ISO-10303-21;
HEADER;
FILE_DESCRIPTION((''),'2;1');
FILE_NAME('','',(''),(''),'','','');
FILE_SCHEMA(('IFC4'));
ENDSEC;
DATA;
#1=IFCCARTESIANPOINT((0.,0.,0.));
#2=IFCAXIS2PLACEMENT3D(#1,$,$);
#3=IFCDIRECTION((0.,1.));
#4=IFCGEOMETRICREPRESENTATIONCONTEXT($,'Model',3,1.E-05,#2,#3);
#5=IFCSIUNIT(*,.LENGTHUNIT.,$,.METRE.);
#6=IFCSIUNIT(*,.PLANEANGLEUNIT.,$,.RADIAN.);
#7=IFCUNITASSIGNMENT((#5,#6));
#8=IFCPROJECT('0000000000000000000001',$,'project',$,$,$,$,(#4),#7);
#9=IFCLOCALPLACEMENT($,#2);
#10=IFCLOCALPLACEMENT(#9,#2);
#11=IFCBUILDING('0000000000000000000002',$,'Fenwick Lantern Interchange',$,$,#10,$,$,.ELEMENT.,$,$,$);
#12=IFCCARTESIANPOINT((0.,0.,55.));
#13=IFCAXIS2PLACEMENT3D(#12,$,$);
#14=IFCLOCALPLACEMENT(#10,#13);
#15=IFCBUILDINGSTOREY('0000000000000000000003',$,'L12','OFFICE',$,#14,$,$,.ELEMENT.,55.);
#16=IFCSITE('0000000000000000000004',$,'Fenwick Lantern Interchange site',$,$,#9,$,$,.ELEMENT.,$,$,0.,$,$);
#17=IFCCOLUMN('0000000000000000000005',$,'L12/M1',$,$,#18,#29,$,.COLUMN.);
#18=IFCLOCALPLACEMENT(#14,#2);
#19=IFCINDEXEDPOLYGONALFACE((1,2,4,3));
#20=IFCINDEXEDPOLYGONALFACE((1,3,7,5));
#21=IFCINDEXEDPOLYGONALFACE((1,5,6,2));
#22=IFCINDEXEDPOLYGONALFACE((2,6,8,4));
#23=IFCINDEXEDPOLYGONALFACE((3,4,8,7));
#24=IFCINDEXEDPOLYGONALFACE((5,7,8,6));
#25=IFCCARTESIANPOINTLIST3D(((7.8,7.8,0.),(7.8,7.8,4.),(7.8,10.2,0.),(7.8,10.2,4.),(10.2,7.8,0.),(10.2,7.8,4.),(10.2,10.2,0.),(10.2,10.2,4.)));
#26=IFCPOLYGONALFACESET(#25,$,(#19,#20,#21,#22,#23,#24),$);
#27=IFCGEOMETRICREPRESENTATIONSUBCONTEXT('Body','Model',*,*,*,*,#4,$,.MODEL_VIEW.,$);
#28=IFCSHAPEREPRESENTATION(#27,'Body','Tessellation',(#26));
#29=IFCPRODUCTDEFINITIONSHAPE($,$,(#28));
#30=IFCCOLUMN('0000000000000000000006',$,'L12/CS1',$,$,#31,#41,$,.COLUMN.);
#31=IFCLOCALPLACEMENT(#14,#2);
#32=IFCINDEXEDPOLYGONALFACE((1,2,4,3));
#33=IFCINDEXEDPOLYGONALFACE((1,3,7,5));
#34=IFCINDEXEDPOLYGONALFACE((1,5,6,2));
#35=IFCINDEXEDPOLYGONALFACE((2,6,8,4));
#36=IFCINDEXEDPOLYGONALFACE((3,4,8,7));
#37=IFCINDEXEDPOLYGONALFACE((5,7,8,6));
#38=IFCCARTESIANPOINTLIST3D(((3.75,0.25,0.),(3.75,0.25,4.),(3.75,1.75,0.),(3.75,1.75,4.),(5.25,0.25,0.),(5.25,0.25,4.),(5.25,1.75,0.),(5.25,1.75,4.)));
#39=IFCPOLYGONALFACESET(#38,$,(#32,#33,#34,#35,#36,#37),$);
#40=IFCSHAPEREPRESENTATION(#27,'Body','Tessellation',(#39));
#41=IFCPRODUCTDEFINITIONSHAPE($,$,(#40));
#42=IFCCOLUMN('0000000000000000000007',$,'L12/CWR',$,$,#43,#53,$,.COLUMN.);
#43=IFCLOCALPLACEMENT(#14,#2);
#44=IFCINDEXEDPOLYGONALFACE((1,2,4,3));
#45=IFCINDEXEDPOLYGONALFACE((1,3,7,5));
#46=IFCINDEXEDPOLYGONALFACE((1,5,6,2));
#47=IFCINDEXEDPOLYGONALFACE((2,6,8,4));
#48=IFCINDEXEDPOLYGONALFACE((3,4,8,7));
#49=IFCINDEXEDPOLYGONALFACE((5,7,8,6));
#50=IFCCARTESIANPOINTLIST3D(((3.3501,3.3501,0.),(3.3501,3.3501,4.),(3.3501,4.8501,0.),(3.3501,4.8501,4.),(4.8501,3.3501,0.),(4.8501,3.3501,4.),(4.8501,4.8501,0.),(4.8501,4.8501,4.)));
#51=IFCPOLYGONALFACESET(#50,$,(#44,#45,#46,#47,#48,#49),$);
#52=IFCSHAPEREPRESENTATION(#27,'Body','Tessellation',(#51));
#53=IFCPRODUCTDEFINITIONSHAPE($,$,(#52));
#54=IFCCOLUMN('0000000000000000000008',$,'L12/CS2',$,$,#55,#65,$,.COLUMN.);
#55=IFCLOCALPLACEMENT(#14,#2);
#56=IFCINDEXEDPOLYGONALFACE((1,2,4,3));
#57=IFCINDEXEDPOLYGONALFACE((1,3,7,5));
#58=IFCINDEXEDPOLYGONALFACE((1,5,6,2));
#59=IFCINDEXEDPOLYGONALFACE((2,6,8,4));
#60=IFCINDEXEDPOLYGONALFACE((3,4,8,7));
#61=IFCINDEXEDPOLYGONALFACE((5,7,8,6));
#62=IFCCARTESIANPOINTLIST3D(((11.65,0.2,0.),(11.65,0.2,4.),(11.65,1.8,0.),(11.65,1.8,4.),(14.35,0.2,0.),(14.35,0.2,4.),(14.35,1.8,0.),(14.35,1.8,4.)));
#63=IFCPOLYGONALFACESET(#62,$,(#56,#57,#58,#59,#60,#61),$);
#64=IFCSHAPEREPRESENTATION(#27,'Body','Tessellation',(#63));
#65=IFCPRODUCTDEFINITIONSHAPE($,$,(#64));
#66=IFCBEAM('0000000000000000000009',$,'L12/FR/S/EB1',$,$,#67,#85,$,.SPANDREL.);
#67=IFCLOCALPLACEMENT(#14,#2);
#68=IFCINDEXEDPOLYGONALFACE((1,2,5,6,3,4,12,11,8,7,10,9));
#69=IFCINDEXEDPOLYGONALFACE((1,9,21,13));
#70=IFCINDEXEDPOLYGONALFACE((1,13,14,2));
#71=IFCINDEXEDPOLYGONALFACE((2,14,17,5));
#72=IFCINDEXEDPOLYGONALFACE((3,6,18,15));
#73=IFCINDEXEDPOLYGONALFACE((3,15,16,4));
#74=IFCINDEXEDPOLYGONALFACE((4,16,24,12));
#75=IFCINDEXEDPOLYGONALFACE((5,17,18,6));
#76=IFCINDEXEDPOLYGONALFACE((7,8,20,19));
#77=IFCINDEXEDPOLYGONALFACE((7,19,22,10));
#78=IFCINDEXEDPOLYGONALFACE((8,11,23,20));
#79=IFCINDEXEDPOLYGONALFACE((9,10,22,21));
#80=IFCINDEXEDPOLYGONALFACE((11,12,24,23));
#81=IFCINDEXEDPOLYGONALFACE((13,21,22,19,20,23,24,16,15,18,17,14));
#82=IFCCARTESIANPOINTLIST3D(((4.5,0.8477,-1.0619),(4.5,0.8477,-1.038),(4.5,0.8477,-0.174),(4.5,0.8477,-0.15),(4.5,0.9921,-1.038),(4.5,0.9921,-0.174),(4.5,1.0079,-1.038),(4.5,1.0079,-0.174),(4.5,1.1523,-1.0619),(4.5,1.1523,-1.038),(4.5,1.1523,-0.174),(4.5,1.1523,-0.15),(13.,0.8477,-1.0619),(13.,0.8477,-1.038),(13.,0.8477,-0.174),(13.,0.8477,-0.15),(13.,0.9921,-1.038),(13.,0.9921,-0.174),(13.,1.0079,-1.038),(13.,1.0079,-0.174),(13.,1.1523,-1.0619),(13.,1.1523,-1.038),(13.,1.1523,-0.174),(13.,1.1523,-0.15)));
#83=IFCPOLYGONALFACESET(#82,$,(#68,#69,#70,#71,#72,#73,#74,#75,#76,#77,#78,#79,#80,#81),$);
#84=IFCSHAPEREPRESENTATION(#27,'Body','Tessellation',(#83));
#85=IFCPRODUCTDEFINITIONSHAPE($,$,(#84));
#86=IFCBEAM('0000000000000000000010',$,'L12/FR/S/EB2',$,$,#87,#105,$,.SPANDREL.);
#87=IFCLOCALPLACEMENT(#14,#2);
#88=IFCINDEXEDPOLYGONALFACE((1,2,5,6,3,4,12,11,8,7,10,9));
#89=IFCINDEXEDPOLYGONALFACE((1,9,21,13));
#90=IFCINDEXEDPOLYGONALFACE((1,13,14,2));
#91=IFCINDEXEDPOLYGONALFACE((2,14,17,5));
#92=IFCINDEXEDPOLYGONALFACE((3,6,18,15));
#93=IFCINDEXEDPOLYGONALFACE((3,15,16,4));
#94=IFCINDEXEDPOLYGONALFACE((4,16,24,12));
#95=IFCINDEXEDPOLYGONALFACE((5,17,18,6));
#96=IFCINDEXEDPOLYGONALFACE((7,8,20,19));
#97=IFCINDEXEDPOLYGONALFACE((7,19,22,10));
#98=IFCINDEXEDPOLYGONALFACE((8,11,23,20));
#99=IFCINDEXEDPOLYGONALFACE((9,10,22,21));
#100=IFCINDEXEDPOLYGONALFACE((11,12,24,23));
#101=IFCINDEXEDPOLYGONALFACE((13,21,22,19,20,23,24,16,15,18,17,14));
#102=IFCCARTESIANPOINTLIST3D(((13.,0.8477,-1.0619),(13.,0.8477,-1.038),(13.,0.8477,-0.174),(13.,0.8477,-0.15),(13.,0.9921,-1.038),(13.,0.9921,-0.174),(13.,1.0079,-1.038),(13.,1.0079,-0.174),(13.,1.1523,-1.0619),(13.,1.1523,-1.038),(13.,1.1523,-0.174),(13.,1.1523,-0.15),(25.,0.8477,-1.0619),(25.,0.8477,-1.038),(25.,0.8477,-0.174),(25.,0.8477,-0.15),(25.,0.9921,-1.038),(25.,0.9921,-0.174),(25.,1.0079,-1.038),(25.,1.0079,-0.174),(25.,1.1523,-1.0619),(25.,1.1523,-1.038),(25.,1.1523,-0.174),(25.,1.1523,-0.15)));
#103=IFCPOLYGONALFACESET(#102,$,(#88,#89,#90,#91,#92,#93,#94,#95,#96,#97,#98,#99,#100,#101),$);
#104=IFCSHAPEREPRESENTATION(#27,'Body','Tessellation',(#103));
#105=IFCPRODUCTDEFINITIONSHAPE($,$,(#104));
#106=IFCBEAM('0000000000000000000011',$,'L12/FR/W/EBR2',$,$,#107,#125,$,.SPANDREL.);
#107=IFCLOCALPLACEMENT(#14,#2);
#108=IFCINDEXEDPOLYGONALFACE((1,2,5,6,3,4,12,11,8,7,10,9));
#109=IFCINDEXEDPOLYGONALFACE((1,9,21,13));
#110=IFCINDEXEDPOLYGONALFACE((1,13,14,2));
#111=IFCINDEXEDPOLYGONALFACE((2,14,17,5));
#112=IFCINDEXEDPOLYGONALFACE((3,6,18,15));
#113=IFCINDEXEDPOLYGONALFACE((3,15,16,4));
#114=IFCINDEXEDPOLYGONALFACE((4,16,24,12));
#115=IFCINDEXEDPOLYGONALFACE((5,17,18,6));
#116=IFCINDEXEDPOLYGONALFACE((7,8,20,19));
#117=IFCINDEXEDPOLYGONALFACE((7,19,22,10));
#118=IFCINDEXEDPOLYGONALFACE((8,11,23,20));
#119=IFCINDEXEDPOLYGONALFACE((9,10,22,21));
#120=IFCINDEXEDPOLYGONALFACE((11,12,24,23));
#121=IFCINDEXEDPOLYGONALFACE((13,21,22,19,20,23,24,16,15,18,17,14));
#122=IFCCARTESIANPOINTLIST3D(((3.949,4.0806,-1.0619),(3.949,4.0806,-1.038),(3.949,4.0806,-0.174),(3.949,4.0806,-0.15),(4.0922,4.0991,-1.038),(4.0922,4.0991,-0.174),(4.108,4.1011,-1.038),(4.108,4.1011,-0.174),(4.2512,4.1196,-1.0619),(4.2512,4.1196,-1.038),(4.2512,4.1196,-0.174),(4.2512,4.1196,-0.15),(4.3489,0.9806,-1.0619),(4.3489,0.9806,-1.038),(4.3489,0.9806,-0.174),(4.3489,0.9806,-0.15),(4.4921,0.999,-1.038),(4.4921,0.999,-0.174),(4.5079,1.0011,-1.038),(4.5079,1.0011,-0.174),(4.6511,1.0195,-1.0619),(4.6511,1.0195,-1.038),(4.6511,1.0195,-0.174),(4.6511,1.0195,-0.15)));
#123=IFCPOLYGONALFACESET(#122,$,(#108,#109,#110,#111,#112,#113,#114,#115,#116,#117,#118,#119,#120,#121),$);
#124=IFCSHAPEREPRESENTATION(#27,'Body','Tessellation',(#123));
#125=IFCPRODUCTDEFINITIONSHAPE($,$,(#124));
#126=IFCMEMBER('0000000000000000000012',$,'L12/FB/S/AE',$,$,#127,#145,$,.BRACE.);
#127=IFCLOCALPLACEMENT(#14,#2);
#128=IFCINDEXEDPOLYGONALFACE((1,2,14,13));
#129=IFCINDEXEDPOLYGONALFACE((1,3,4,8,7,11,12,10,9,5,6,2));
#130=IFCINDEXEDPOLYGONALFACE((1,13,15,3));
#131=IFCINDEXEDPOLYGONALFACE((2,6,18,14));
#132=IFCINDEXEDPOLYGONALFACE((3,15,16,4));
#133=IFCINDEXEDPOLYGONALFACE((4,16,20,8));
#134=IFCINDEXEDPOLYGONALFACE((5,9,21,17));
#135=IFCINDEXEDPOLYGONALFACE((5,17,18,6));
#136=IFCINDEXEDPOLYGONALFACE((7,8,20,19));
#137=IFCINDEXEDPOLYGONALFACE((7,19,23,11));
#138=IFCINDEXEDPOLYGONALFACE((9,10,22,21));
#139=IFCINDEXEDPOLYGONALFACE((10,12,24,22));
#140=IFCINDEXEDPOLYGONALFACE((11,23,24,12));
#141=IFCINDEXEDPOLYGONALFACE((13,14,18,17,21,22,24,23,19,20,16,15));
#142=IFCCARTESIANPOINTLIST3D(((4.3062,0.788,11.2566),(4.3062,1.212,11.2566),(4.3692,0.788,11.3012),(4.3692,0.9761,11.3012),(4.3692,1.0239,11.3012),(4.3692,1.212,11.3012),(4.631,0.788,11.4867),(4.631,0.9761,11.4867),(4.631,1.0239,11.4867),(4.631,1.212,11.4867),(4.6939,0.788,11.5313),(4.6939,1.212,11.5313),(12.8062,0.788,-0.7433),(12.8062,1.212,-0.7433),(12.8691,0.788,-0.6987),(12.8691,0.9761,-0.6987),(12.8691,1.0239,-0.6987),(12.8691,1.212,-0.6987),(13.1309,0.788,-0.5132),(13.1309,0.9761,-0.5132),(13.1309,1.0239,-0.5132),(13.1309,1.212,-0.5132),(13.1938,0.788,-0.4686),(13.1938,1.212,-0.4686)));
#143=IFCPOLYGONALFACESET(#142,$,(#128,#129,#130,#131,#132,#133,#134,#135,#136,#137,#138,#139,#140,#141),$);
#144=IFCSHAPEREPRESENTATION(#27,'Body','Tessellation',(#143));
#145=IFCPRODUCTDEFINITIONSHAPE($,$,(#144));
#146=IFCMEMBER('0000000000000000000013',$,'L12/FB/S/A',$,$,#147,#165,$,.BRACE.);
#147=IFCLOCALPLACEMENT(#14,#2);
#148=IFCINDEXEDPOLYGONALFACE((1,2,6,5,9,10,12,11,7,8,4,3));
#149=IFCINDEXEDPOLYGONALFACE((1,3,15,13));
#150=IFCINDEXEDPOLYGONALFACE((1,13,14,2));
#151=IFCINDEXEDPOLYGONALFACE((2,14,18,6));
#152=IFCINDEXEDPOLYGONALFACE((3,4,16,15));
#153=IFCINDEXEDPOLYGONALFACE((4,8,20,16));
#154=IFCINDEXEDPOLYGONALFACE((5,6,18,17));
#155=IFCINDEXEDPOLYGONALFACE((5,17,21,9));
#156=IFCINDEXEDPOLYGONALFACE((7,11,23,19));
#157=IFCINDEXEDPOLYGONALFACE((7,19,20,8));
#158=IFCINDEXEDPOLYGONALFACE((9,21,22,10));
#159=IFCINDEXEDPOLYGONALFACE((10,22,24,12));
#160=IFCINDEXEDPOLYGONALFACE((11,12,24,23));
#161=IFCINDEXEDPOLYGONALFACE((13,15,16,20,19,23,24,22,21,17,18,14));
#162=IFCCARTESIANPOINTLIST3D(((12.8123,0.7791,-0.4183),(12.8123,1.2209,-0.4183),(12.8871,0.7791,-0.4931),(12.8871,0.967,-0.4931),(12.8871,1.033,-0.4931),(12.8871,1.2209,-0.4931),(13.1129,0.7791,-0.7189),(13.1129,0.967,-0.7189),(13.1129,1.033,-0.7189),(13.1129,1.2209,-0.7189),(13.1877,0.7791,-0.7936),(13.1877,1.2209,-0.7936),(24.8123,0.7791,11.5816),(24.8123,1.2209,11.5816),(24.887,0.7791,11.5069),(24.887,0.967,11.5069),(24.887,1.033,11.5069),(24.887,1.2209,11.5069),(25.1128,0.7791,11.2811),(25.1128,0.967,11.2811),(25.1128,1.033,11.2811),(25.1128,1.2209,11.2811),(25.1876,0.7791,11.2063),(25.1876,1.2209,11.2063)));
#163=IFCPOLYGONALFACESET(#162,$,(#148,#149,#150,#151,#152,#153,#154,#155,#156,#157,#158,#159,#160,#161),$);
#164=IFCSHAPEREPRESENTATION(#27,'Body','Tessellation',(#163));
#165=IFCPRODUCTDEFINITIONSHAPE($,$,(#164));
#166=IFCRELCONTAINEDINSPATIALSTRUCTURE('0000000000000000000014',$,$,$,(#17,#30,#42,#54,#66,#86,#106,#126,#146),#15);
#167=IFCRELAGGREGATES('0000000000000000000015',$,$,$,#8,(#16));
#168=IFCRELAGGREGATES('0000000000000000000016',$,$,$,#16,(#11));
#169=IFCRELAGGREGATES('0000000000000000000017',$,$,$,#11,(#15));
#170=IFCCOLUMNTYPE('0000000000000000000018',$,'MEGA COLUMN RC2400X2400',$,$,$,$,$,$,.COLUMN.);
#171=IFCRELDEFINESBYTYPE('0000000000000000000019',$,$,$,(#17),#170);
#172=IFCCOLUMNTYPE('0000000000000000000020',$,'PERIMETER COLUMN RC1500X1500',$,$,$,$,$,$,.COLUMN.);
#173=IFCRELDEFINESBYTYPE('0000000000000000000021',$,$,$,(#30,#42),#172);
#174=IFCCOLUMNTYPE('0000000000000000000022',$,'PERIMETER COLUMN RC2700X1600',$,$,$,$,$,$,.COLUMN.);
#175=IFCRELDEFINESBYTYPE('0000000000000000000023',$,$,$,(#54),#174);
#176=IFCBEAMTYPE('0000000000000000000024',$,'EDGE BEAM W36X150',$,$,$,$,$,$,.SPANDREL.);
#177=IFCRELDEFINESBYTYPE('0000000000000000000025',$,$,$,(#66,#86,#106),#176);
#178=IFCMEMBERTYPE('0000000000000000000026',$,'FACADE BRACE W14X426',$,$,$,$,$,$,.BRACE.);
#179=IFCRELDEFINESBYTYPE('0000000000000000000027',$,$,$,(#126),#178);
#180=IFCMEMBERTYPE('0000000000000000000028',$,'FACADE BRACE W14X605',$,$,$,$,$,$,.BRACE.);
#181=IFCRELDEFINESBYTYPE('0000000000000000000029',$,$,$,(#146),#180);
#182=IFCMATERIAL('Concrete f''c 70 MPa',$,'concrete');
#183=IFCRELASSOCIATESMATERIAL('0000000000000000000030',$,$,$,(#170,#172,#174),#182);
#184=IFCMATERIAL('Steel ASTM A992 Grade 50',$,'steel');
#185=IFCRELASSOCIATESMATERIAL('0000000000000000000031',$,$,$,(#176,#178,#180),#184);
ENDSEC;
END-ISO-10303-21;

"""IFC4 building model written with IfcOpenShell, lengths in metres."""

from ifc_helpers import new_model, si_unit, direction, frame, origin, origin_2d, place, context, subcontext, project, spatial, rectangle, i_section, extrude, material, material_profile, profile_set, type_object, element, save


model = new_model("IFC4")

# Units and contexts
model_context = context("Model", 3, precision=1e-05, world=origin(), true_north=direction((0.0, 1.0)))
body_context = subcontext(model_context, "Body", "Model", "MODEL_VIEW")
ifc_project = project(units=[si_unit("LENGTHUNIT", "METRE"), si_unit("PLANEANGLEUNIT", "RADIAN")], contexts=[model_context])

# Site, building, storey
site_placement = place(None, origin())
site = spatial("IfcSite", under=ifc_project, at=site_placement, Name="Fenwick Lantern Interchange site", CompositionType="ELEMENT", RefElevation=0.0)
building_placement = place(site_placement, origin())
building = spatial("IfcBuilding", under=site, at=building_placement, Name="Fenwick Lantern Interchange", CompositionType="ELEMENT")
storey_placement = place(building_placement, frame((0.0, 0.0, 55.0)))
storey = spatial("IfcBuildingStorey", under=building, at=storey_placement, Name="L12", Description="OFFICE", CompositionType="ELEMENT", Elevation=55.0)

# Columns
ifc_material_1 = material(Name="Concrete f'c 70 MPa", Category="concrete")
ifc_material_profile_1 = material_profile(ifc_material_1, rectangle(XDim=2.3999, YDim=2.3999, at=origin_2d()), Name="RC2400X2400")
ifc_profile_set_1 = profile_set([ifc_material_profile_1], Name="Concrete f'c 70 MPa")
column_type_1 = type_object("IfcColumnType", Name="MEGA COLUMN RC2400X2400", PredefinedType="COLUMN", material=ifc_profile_set_1)
column_1_placement = place(storey_placement, frame((9.0, 9.0, 0.0), z_axis=(0.0, 0.0, 1.0), x_axis=(1.0, 0.0, 0.0)))
element("IfcColumn", 1, at=column_1_placement, inside=storey, type_object=column_type_1, Name="L12/M1", PredefinedType="COLUMN", context=body_context, shape_type="SweptSolid", body=[
    extrude(rectangle(XDim=2.3999, YDim=2.3999, at=origin_2d()), origin(), (0.0, 0.0, 1.0), 4.0),
])
ifc_material_profile_2 = material_profile(ifc_material_1, rectangle(XDim=1.5, YDim=1.5, at=origin_2d()), Name="RC1500X1500")
ifc_profile_set_2 = profile_set([ifc_material_profile_2], Name="Concrete f'c 70 MPa")
column_type_2 = type_object("IfcColumnType", Name="PERIMETER COLUMN RC1500X1500", PredefinedType="COLUMN", material=ifc_profile_set_2)
for number, where, z_axis, x_axis, name in (
    (2, (4.5, 1.0, 0.0), (0.0, 0.0, 1.0), (1.0, 0.0, 0.0), "L12/CS1"),
    (3, (4.1001, 4.1001, 0.0), (0.0, 0.0, 1.0), (1.0, 0.0, 0.0), "L12/CWR"),
):
    element("IfcColumn", number, at=place(storey_placement, frame(where, z_axis=z_axis, x_axis=x_axis)), inside=storey, type_object=column_type_2, Name=name, PredefinedType="COLUMN", context=body_context, shape_type="SweptSolid", body=[
        extrude(rectangle(XDim=1.5, YDim=1.5, at=origin_2d()), origin(), (0.0, 0.0, 1.0), 4.0),
    ])
ifc_material_profile_3 = material_profile(ifc_material_1, rectangle(XDim=2.7, YDim=1.6001, at=origin_2d()), Name="RC2700X1600")
ifc_profile_set_3 = profile_set([ifc_material_profile_3], Name="Concrete f'c 70 MPa")
column_type_3 = type_object("IfcColumnType", Name="PERIMETER COLUMN RC2700X1600", PredefinedType="COLUMN", material=ifc_profile_set_3)
column_2_placement = place(storey_placement, frame((13.0, 1.0, 0.0), z_axis=(0.0, 0.0, 1.0), x_axis=(1.0, 0.0, 0.0)))
element("IfcColumn", 4, at=column_2_placement, inside=storey, type_object=column_type_3, Name="L12/CS2", PredefinedType="COLUMN", context=body_context, shape_type="SweptSolid", body=[
    extrude(rectangle(XDim=2.7, YDim=1.6001, at=origin_2d()), origin(), (0.0, 0.0, 1.0), 4.0),
])

# Beams
ifc_material_2 = material(Name="Steel ASTM A992 Grade 50", Category="steel")
ifc_material_profile_4 = material_profile(ifc_material_2, i_section(OverallWidth=0.3047, OverallDepth=0.9119, WebThickness=0.0159, FlangeThickness=0.0239, at=origin_2d()), Name="W36X150")
ifc_profile_set_4 = profile_set([ifc_material_profile_4], Name="Steel ASTM A992 Grade 50")
beam_type_1 = type_object("IfcBeamType", Name="EDGE BEAM W36X150", PredefinedType="SPANDREL", material=ifc_profile_set_4)
beam_1_placement = place(storey_placement, frame((4.5, 1.0, -0.606), z_axis=(1.0, 0.0, 0.0), x_axis=(0.0, 1.0, 0.0)))
element("IfcBeam", 5, at=beam_1_placement, inside=storey, type_object=beam_type_1, Name="L12/FR/S/EB1", PredefinedType="SPANDREL", context=body_context, shape_type="SweptSolid", body=[
    extrude(i_section(OverallWidth=0.3047, OverallDepth=0.9119, WebThickness=0.0159, FlangeThickness=0.0239, at=origin_2d()), origin(), (0.0, 0.0, 1.0), 8.5),
])
beam_2_placement = place(storey_placement, frame((13.0, 1.0, -0.606), z_axis=(1.0, 0.0, 0.0), x_axis=(0.0, 1.0, 0.0)))
element("IfcBeam", 6, at=beam_2_placement, inside=storey, type_object=beam_type_1, Name="L12/FR/S/EB2", PredefinedType="SPANDREL", context=body_context, shape_type="SweptSolid", body=[
    extrude(i_section(OverallWidth=0.3047, OverallDepth=0.9119, WebThickness=0.0159, FlangeThickness=0.0239, at=origin_2d()), origin(), (0.0, 0.0, 1.0), 12.0),
])
beam_3_placement = place(storey_placement, frame((4.1001, 4.1001, -0.606), z_axis=(0.127937, -0.991782, 0.0), x_axis=(0.991782, 0.127937, 0.0)))
element("IfcBeam", 7, at=beam_3_placement, inside=storey, type_object=beam_type_1, Name="L12/FR/W/EBR2", PredefinedType="SPANDREL", context=body_context, shape_type="SweptSolid", body=[
    extrude(i_section(OverallWidth=0.3047, OverallDepth=0.9119, WebThickness=0.0159, FlangeThickness=0.0239, at=origin_2d()), origin(), (0.0, 0.0, 1.0), 3.1257),
])

# Members
ifc_material_profile_5 = material_profile(ifc_material_2, i_section(OverallWidth=0.4241, OverallDepth=0.4751, WebThickness=0.0479, FlangeThickness=0.0771, at=origin_2d()), Name="W14X426")
ifc_profile_set_5 = profile_set([ifc_material_profile_5], Name="Steel ASTM A992 Grade 50")
member_type_1 = type_object("IfcMemberType", Name="FACADE BRACE W14X426", PredefinedType="BRACE", material=ifc_profile_set_5)
member_1_placement = place(storey_placement, frame((13.0, 1.0, -0.606), z_axis=(-0.578017, 0.0, 0.816024), x_axis=(0.0, -1.0, 0.0)))
element("IfcMember", 8, at=member_1_placement, inside=storey, type_object=member_type_1, Name="L12/FB/S/AE", PredefinedType="BRACE", context=body_context, shape_type="SweptSolid", body=[
    extrude(i_section(OverallWidth=0.4241, OverallDepth=0.4751, WebThickness=0.0479, FlangeThickness=0.0771, at=origin_2d()), origin(), (0.0, 0.0, 1.0), 14.7053),
])
ifc_material_profile_6 = material_profile(ifc_material_2, i_section(OverallWidth=0.4419, OverallDepth=0.5308, WebThickness=0.0659, FlangeThickness=0.1057, at=origin_2d()), Name="W14X605")
ifc_profile_set_6 = profile_set([ifc_material_profile_6], Name="Steel ASTM A992 Grade 50")
member_type_2 = type_object("IfcMemberType", Name="FACADE BRACE W14X605", PredefinedType="BRACE", material=ifc_profile_set_6)
member_2_placement = place(storey_placement, frame((13.0, 1.0, -0.606), z_axis=(0.707107, 0.0, 0.707107), x_axis=(0.0, 1.0, 0.0)))
element("IfcMember", 9, at=member_2_placement, inside=storey, type_object=member_type_2, Name="L12/FB/S/A", PredefinedType="BRACE", context=body_context, shape_type="SweptSolid", body=[
    extrude(i_section(OverallWidth=0.4419, OverallDepth=0.5308, WebThickness=0.0659, FlangeThickness=0.1057, at=origin_2d()), origin(), (0.0, 0.0, 1.0), 16.9705),
])

save(model, "model.ifc")
